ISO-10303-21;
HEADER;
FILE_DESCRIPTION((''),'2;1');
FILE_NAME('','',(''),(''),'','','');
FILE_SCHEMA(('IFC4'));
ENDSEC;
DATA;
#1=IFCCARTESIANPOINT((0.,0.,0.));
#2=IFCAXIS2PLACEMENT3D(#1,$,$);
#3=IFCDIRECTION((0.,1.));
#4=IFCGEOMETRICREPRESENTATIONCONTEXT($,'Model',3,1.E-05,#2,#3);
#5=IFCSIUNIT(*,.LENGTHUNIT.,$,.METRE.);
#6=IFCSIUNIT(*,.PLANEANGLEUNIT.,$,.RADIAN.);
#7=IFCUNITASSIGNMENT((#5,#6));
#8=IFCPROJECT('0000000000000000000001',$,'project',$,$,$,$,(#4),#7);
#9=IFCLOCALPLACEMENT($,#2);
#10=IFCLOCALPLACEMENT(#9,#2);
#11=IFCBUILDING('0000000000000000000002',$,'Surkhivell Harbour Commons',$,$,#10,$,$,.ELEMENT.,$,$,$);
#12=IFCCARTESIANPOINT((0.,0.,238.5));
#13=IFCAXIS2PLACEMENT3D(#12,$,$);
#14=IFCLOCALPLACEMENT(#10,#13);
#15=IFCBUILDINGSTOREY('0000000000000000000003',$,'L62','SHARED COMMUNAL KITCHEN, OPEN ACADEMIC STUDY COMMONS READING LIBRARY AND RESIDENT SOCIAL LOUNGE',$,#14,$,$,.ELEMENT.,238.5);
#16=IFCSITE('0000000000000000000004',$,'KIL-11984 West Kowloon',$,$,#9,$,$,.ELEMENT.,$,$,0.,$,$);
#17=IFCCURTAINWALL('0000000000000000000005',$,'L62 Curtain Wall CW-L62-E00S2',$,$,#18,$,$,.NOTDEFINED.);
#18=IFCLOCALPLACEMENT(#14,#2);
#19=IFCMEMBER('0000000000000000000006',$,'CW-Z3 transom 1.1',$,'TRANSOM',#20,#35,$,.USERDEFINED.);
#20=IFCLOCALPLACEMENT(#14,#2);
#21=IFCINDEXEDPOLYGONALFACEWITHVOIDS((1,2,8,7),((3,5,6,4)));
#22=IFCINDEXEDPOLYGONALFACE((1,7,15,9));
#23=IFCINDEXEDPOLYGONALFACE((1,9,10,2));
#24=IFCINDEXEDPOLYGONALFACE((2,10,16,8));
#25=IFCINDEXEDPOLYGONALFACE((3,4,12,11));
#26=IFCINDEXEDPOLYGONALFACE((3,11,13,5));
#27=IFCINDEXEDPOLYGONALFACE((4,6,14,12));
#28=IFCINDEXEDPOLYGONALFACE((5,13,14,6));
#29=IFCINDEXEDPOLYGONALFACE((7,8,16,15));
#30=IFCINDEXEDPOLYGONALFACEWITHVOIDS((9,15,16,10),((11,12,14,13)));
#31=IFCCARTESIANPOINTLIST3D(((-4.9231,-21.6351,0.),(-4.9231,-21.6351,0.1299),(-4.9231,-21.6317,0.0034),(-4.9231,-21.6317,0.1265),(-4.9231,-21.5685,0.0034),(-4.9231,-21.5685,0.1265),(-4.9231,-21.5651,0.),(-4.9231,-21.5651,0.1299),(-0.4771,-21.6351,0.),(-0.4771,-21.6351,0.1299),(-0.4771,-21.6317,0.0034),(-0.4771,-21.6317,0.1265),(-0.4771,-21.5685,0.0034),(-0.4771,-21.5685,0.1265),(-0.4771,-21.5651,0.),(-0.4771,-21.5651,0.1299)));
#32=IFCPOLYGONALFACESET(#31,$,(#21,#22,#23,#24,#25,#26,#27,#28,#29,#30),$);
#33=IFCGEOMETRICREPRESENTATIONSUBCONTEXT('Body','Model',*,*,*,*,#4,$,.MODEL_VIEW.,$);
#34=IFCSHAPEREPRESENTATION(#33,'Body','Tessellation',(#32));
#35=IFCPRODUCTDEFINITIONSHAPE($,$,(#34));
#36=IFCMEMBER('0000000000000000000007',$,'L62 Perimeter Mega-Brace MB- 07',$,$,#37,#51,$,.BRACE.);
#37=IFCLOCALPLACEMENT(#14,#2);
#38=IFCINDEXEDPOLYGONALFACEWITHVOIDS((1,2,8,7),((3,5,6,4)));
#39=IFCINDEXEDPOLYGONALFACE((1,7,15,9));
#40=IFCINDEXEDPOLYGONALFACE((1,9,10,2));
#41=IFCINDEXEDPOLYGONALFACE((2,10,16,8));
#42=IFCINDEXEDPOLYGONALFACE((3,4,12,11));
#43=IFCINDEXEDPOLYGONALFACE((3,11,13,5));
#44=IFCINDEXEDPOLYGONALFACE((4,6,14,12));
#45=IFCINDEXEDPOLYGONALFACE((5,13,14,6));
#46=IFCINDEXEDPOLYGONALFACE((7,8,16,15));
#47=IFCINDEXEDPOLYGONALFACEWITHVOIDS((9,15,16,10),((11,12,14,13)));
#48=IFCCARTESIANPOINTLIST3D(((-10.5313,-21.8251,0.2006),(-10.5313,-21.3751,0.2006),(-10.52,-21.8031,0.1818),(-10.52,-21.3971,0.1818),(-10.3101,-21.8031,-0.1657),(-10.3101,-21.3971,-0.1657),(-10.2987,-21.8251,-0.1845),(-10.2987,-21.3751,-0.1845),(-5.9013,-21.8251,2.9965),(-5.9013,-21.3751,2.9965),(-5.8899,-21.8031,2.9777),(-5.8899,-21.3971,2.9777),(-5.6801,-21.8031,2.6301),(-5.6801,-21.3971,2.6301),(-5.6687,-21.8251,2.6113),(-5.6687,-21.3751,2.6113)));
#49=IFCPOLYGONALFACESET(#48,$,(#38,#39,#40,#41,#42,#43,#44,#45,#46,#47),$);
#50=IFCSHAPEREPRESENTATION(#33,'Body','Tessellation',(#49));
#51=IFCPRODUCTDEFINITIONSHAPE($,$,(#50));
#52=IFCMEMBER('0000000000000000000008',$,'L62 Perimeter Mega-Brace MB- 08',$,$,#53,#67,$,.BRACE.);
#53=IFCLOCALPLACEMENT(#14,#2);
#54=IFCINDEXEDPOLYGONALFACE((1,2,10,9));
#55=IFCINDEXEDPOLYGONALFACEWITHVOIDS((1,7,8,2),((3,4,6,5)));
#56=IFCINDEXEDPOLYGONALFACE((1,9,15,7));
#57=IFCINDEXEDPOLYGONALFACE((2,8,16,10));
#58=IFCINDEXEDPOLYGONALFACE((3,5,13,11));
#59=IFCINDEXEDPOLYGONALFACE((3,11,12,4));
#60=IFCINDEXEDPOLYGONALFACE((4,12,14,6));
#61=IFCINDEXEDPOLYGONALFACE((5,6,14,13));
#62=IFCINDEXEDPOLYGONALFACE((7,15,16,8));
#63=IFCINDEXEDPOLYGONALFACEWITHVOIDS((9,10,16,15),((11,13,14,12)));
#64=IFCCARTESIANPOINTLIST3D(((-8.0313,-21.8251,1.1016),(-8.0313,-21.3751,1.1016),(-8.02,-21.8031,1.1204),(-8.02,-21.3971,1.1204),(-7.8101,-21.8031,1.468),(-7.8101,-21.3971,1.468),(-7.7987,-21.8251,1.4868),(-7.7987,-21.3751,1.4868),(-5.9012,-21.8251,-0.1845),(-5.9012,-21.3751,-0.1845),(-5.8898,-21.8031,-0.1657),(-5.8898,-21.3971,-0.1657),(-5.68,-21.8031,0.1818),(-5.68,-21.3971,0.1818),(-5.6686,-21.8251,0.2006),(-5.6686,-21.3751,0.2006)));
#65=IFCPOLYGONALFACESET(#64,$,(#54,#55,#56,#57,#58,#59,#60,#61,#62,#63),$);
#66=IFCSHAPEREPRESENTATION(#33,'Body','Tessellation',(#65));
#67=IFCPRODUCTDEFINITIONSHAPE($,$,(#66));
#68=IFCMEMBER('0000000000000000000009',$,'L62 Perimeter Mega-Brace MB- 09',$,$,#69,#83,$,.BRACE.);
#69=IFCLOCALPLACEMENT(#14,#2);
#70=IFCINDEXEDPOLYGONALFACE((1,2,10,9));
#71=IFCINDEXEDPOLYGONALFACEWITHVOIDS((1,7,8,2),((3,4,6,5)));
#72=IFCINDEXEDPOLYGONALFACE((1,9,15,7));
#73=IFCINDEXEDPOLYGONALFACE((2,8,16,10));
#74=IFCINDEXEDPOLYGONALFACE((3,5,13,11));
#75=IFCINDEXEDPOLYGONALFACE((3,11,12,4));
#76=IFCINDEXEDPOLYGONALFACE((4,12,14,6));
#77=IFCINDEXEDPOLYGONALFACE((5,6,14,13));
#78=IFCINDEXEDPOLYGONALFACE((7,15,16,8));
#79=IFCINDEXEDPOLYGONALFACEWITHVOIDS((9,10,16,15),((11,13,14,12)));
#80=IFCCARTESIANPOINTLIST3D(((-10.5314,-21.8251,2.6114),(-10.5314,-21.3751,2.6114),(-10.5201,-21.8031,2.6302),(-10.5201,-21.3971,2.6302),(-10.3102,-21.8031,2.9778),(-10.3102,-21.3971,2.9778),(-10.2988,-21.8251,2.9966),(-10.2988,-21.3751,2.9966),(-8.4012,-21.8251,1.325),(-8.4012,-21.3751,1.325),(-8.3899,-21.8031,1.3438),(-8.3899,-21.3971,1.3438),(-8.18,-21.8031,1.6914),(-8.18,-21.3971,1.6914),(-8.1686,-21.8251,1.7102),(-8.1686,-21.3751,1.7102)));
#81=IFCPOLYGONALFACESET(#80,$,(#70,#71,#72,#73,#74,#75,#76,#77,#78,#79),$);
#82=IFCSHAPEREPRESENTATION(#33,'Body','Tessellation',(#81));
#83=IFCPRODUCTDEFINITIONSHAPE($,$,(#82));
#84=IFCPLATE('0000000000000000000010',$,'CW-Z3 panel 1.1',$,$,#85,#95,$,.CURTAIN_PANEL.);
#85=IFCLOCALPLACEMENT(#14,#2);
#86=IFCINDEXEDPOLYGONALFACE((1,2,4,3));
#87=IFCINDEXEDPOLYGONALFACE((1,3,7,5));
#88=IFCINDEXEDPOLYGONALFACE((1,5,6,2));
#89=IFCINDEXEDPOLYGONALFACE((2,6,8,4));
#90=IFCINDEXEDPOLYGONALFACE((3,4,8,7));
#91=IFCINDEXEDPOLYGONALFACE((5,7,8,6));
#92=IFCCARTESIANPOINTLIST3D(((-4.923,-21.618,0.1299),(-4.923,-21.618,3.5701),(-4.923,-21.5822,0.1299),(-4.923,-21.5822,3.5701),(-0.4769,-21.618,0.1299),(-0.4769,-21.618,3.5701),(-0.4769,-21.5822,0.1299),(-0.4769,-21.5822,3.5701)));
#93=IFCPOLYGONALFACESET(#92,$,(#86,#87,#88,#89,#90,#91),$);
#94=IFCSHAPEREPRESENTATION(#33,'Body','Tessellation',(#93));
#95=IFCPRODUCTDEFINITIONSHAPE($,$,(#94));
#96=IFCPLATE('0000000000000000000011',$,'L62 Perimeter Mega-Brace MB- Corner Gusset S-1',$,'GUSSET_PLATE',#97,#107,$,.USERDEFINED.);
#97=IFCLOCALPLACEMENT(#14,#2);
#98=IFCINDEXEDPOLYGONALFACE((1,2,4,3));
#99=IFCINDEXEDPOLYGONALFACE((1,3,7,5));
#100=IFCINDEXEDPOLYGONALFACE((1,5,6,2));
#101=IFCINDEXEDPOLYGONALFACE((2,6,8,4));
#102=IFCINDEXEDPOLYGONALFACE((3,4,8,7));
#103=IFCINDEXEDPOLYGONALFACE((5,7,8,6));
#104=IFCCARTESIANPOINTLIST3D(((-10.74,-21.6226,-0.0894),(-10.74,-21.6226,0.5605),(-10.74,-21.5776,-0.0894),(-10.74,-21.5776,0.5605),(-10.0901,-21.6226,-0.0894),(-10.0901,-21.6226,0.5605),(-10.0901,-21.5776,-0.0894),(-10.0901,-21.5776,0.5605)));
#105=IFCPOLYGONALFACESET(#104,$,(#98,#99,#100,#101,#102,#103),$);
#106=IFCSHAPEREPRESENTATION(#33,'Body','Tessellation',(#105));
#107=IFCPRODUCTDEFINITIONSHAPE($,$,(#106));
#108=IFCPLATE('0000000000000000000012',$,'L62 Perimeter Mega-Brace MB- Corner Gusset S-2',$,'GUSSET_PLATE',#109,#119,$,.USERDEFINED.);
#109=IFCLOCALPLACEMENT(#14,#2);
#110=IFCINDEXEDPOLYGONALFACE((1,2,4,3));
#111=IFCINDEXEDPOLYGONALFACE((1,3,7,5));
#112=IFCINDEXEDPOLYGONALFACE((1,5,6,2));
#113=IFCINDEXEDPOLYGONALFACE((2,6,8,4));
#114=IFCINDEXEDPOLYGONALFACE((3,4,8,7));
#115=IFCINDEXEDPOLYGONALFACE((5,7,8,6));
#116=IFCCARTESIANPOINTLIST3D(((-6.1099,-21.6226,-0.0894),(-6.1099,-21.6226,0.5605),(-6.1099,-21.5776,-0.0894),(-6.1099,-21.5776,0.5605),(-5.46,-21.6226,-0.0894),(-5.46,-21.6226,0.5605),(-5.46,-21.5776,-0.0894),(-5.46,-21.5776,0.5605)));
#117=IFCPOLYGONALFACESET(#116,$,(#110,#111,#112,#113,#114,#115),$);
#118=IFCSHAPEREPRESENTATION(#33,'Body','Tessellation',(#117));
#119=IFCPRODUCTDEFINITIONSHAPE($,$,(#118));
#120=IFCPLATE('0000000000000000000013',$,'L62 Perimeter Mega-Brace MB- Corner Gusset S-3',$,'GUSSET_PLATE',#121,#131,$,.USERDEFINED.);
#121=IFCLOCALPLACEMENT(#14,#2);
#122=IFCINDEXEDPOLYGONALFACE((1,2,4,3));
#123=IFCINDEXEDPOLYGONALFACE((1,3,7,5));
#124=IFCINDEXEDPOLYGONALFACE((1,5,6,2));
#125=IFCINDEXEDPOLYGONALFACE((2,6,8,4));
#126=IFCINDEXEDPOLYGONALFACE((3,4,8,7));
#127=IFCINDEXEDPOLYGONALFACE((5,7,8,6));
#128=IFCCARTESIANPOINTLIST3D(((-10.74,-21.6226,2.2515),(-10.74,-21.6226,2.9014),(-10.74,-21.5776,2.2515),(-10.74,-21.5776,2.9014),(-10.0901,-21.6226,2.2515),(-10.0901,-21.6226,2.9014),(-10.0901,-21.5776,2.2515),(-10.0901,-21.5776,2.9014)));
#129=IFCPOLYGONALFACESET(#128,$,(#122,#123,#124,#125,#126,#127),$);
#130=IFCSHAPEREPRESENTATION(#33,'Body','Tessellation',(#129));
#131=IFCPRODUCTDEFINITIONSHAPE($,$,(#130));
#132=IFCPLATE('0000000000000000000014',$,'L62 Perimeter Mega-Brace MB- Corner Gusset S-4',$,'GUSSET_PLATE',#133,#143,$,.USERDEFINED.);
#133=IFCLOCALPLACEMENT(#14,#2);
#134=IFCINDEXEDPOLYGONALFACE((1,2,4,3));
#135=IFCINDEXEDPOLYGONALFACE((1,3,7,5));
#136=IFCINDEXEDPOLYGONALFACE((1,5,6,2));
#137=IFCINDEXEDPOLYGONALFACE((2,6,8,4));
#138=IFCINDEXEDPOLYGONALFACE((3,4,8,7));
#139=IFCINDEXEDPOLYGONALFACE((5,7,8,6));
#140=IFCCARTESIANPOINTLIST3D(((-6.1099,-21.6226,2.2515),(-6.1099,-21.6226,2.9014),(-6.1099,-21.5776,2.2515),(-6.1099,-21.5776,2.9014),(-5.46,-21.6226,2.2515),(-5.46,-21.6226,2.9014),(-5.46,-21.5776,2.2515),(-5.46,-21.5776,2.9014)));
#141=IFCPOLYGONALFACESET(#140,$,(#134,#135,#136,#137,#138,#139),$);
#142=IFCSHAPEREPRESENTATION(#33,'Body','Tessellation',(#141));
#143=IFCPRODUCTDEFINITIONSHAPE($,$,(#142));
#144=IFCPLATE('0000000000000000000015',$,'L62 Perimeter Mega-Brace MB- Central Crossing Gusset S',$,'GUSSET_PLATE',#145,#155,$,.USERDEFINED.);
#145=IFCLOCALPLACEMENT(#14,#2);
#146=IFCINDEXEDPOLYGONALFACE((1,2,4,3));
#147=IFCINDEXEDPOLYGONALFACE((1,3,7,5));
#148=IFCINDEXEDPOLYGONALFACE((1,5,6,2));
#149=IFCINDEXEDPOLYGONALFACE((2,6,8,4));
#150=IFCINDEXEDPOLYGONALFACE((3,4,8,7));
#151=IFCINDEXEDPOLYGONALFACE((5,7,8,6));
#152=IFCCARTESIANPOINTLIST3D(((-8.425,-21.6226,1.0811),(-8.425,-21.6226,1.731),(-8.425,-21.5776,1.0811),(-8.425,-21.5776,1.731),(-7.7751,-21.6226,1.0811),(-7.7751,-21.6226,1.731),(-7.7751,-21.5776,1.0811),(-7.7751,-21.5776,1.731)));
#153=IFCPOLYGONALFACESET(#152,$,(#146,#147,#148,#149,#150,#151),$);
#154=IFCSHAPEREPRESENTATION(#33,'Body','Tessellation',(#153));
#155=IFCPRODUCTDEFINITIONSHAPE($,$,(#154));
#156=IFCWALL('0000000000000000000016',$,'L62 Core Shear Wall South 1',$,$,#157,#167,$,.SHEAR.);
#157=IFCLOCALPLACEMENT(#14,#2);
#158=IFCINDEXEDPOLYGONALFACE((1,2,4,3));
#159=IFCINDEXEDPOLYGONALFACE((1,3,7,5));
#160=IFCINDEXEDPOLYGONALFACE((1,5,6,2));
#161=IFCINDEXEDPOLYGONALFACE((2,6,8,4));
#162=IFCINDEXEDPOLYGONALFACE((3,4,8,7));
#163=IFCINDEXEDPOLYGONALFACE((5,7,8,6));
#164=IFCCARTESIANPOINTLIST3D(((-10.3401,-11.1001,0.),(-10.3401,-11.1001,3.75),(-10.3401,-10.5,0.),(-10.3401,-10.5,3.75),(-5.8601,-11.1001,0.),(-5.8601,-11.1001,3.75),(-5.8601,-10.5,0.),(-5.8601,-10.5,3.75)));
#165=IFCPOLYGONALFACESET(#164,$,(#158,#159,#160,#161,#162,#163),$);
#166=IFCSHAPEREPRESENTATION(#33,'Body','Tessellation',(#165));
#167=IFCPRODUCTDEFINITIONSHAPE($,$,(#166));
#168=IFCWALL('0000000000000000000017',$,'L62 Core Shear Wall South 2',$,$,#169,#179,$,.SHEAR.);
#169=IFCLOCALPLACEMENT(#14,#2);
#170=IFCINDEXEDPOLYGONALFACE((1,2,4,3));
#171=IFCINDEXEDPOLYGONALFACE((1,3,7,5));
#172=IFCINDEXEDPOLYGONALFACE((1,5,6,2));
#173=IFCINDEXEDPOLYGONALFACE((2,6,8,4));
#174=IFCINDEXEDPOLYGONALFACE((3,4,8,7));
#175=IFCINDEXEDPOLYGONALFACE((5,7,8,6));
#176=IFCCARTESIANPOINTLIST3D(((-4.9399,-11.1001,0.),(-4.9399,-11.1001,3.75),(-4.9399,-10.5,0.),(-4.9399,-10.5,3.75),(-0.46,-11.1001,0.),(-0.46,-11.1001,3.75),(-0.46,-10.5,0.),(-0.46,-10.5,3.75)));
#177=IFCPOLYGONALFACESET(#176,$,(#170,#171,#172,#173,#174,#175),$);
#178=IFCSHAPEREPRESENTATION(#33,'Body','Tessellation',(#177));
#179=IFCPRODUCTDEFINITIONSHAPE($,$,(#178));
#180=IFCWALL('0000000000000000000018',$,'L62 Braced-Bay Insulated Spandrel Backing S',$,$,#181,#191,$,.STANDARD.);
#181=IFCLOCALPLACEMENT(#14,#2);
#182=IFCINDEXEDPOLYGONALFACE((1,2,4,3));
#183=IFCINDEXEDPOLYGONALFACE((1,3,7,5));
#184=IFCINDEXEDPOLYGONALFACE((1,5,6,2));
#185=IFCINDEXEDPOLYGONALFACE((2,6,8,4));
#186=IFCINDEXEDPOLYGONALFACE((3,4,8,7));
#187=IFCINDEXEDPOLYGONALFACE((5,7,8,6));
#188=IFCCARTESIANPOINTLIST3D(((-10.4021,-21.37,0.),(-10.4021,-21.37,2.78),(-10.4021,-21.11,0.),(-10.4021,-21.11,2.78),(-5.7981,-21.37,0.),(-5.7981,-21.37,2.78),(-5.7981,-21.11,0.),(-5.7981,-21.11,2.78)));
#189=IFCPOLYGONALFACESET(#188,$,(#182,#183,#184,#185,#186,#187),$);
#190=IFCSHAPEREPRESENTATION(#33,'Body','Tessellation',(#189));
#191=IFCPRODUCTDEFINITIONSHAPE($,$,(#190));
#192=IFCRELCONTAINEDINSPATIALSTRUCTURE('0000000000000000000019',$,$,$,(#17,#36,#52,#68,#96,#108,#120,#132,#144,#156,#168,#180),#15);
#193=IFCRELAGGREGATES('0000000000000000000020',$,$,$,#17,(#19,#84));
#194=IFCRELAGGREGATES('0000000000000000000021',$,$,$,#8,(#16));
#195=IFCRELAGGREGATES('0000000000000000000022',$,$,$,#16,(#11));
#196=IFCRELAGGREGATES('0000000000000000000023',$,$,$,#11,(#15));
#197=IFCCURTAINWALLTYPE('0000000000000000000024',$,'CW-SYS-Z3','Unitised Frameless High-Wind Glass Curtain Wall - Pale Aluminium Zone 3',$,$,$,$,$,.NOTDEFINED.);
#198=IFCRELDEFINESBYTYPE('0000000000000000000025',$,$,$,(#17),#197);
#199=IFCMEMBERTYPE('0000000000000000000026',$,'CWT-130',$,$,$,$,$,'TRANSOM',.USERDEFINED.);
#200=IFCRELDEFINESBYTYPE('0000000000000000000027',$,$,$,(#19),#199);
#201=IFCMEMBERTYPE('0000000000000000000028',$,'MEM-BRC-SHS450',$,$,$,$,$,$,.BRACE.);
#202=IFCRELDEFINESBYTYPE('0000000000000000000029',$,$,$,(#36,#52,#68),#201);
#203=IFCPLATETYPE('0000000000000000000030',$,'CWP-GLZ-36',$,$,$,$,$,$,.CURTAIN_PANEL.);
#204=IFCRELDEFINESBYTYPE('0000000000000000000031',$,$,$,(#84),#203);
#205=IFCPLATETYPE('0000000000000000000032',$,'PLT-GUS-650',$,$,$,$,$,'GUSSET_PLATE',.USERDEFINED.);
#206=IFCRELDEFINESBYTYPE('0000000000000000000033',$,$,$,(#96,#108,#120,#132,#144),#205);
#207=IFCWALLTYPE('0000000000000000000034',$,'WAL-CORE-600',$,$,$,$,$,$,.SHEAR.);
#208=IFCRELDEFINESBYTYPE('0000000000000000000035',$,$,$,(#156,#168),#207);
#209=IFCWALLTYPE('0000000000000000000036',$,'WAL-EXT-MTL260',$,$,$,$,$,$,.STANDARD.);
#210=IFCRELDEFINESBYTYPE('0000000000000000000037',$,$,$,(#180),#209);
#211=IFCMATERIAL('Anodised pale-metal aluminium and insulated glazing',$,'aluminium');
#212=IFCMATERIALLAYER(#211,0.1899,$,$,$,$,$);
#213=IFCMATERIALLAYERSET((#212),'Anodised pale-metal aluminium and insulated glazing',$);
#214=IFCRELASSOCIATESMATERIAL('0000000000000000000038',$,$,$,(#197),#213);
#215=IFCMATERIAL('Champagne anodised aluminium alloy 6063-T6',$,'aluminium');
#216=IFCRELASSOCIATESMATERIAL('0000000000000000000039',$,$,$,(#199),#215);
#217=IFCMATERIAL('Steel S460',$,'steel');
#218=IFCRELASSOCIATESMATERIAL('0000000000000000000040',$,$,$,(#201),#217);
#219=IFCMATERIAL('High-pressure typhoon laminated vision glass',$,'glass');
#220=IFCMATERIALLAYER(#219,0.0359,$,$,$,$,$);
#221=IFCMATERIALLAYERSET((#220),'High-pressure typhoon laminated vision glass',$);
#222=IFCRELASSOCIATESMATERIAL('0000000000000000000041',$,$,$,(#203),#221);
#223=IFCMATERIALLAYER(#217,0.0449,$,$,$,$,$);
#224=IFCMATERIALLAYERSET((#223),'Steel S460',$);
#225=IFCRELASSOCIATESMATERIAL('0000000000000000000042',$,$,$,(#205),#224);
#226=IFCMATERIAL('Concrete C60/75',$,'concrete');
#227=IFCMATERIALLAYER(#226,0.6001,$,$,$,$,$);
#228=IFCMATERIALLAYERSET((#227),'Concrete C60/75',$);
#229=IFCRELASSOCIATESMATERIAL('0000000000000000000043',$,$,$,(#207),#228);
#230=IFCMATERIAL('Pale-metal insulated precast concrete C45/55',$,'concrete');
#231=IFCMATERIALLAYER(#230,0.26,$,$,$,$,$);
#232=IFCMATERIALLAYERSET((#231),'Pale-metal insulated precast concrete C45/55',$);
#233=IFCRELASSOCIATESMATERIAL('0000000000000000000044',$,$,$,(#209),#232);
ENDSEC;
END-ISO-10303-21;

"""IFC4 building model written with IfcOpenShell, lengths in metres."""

from ifc_helpers import new_model, si_unit, direction, frame, frame_2d, origin, origin_2d, place, context, subcontext, project, spatial, rectangle, hollow_rectangle, extrude, material, layer, layer_set, material_profile, profile_set, type_object, element, aggregate, save


model = new_model("IFC4")

# Units and contexts
model_context = context("Model", 3, precision=1e-05, world=origin(), true_north=direction((0.0, 1.0)))
body_context = subcontext(model_context, "Body", "Model", "MODEL_VIEW")
ifc_project = project(units=[si_unit("LENGTHUNIT", "METRE"), si_unit("PLANEANGLEUNIT", "RADIAN")], contexts=[model_context])

# Site, building, storey
site_placement = place(None, origin())
site = spatial("IfcSite", under=ifc_project, at=site_placement, Name="KIL-11984 West Kowloon", CompositionType="ELEMENT", RefElevation=0.0)
building_placement = place(site_placement, origin())
building = spatial("IfcBuilding", under=site, at=building_placement, Name="Surkhivell Harbour Commons", CompositionType="ELEMENT")
storey_placement = place(building_placement, frame((0.0, 0.0, 238.5)))
storey = spatial("IfcBuildingStorey", under=building, at=storey_placement, Name="L62", Description="SHARED COMMUNAL KITCHEN, OPEN ACADEMIC STUDY COMMONS READING LIBRARY AND RESIDENT SOCIAL LOUNGE", CompositionType="ELEMENT", Elevation=238.5)

# Shared definitions
ifc_material_1 = material(Name="Concrete C60/75", Category="concrete")

# Shared definitions
ifc_material_2 = material(Name="Anodised pale-metal aluminium and insulated glazing", Category="aluminium")
ifc_layer_1 = layer(ifc_material_2, 0.1899)
ifc_layer_set_1 = layer_set([ifc_layer_1], Name="Anodised pale-metal aluminium and insulated glazing")
curtain_wall_type = type_object("IfcCurtainWallType", Name="CW-SYS-Z3", Description="Unitised Frameless High-Wind Glass Curtain Wall - Pale Aluminium Zone 3", PredefinedType="NOTDEFINED", material=ifc_layer_set_1)

# Curtain wall, member
curtain_wall_1_placement = place(storey_placement, origin())
curtain_wall_1 = element("IfcCurtainWall", 1, at=curtain_wall_1_placement, inside=storey, type_object=curtain_wall_type, Name="L62 Curtain Wall CW-L62-E00S2", PredefinedType="NOTDEFINED")
ifc_material_3 = material(Name="Champagne anodised aluminium alloy 6063-T6", Category="aluminium")
ifc_material_profile_1 = material_profile(ifc_material_3, hollow_rectangle(XDim=0.0701, YDim=0.1299, WallThickness=0.0034, at=origin_2d()), Name="ALU-TRAN-70x130")
ifc_profile_set_1 = profile_set([ifc_material_profile_1], Name="Champagne anodised aluminium alloy 6063-T6")
member_type_1 = type_object("IfcMemberType", Name="CWT-130", ElementType="TRANSOM", PredefinedType="USERDEFINED", material=ifc_profile_set_1)
member_1_placement = place(storey_placement, frame((-4.9231, -21.6001, 0.0649), z_axis=(1.0, 0.0, 0.0), x_axis=(0.0, 1.0, 0.0)))
member_1 = element("IfcMember", 2, at=member_1_placement, type_object=member_type_1, Name="CW-Z3 transom 1.1", ObjectType="TRANSOM", PredefinedType="USERDEFINED", context=body_context, shape_type="SweptSolid", body=[
    extrude(hollow_rectangle(XDim=0.0701, YDim=0.1299, WallThickness=0.0034, at=origin_2d()), origin(), (0.0, 0.0, 1.0), 4.446),
])

# Members
ifc_material_4 = material(Name="Steel S460", Category="steel")
ifc_material_profile_2 = material_profile(ifc_material_4, hollow_rectangle(XDim=0.45, YDim=0.45, WallThickness=0.022, at=origin_2d()), Name="SHS450x450x22")
ifc_profile_set_2 = profile_set([ifc_material_profile_2], Name="Steel S460")
member_type_2 = type_object("IfcMemberType", Name="MEM-BRC-SHS450", PredefinedType="BRACE", material=ifc_profile_set_2)
member_2_placement = place(storey_placement, frame((-10.415, -21.6001, 0.0081), z_axis=(0.856036, 0.0, 0.516917), x_axis=(0.0, 1.0, 0.0)))
element("IfcMember", 3, at=member_2_placement, inside=storey, type_object=member_type_2, Name="L62 Perimeter Mega-Brace MB- 07", PredefinedType="BRACE", context=body_context, shape_type="SweptSolid", body=[
    extrude(hollow_rectangle(XDim=0.45, YDim=0.45, WallThickness=0.022, at=origin_2d()), origin(), (0.0, 0.0, 1.0), 5.4087),
])
member_3_placement = place(storey_placement, frame((-5.7849, -21.6001, 0.0081), z_axis=(-0.856061, 0.0, 0.516875), x_axis=(0.0, -1.0, 0.0)))
element("IfcMember", 4, at=member_3_placement, inside=storey, type_object=member_type_2, Name="L62 Perimeter Mega-Brace MB- 08", PredefinedType="BRACE", context=body_context, shape_type="SweptSolid", body=[
    extrude(hollow_rectangle(XDim=0.45, YDim=0.45, WallThickness=0.022, at=origin_2d()), origin(), (0.0, 0.0, 1.0), 2.4883),
])
member_4_placement = place(storey_placement, frame((-8.2849, -21.6001, 1.5176), z_axis=(-0.856018, 0.0, 0.516946), x_axis=(0.0, -1.0, 0.0)))
element("IfcMember", 5, at=member_4_placement, inside=storey, type_object=member_type_2, Name="L62 Perimeter Mega-Brace MB- 09", PredefinedType="BRACE", context=body_context, shape_type="SweptSolid", body=[
    extrude(hollow_rectangle(XDim=0.45, YDim=0.45, WallThickness=0.022, at=origin_2d()), origin(), (0.0, 0.0, 1.0), 2.4885),
])

# Plate
ifc_material_5 = material(Name="High-pressure typhoon laminated vision glass", Category="glass")
ifc_layer_2 = layer(ifc_material_5, 0.0359)
ifc_layer_set_2 = layer_set([ifc_layer_2], Name="High-pressure typhoon laminated vision glass")
plate_type_1 = type_object("IfcPlateType", Name="CWP-GLZ-36", PredefinedType="CURTAIN_PANEL", material=ifc_layer_set_2)
plate_placement = place(storey_placement, frame((-4.9231, -21.6001, 0.1299), z_axis=(0.0, 0.0, 1.0), x_axis=(1.0, 0.0, 0.0)))
plate = element("IfcPlate", 6, at=plate_placement, type_object=plate_type_1, Name="CW-Z3 panel 1.1", PredefinedType="CURTAIN_PANEL", context=body_context, shape_type="SweptSolid", body=[
    extrude(rectangle(XDim=4.446, YDim=0.0359, at=frame_2d((2.2231, 0.0))), origin(), (0.0, 0.0, 1.0), 3.4402),
])
aggregate(curtain_wall_1, [member_1, plate])

# Plates
ifc_layer_3 = layer(ifc_material_4, 0.0449)
ifc_layer_set_3 = layer_set([ifc_layer_3], Name="Steel S460")
plate_type_2 = type_object("IfcPlateType", Name="PLT-GUS-650", ElementType="GUSSET_PLATE", PredefinedType="USERDEFINED", material=ifc_layer_set_3)
for number, where, z_axis, x_axis, name in (
    (7, (-10.415, -21.6001, -0.0894), (0.0, 0.0, 1.0), (1.0, 0.0, 0.0), "L62 Perimeter Mega-Brace MB- Corner Gusset S-1"),
    (8, (-5.7849, -21.6001, -0.0894), (0.0, 0.0, 1.0), (1.0, 0.0, 0.0), "L62 Perimeter Mega-Brace MB- Corner Gusset S-2"),
    (9, (-10.415, -21.6001, 2.2515), (0.0, 0.0, 1.0), (1.0, 0.0, 0.0), "L62 Perimeter Mega-Brace MB- Corner Gusset S-3"),
    (10, (-5.7849, -21.6001, 2.2515), (0.0, 0.0, 1.0), (1.0, 0.0, 0.0), "L62 Perimeter Mega-Brace MB- Corner Gusset S-4"),
    (11, (-8.1001, -21.6001, 1.0811), (0.0, 0.0, 1.0), (1.0, 0.0, 0.0), "L62 Perimeter Mega-Brace MB- Central Crossing Gusset S"),
):
    element("IfcPlate", number, at=place(storey_placement, frame(where, z_axis=z_axis, x_axis=x_axis)), inside=storey, type_object=plate_type_2, Name=name, ObjectType="GUSSET_PLATE", PredefinedType="USERDEFINED", context=body_context, shape_type="SweptSolid", body=[
        extrude(rectangle(XDim=0.6499, YDim=0.0449, at=origin_2d()), origin(), (0.0, 0.0, 1.0), 0.6499),
    ])

# Walls
ifc_layer_4 = layer(ifc_material_1, 0.6001)
ifc_layer_set_4 = layer_set([ifc_layer_4], Name="Concrete C60/75")
wall_type_1 = type_object("IfcWallType", Name="WAL-CORE-600", PredefinedType="SHEAR", material=ifc_layer_set_4)
for number, where, z_axis, x_axis, name in (
    (12, (-10.3401, -10.8, 0.0), (0.0, 0.0, 1.0), (1.0, 0.0, 0.0), "L62 Core Shear Wall South 1"),
    (13, (-4.9399, -10.8, 0.0), (0.0, 0.0, 1.0), (1.0, 0.0, 0.0), "L62 Core Shear Wall South 2"),
):
    element("IfcWall", number, at=place(storey_placement, frame(where, z_axis=z_axis, x_axis=x_axis)), inside=storey, type_object=wall_type_1, Name=name, PredefinedType="SHEAR", context=body_context, shape_type="SweptSolid", body=[
        extrude(rectangle(XDim=4.48, YDim=0.6001, at=frame_2d((2.24, 0.0))), origin(), (0.0, 0.0, 1.0), 3.75),
    ])
ifc_material_6 = material(Name="Pale-metal insulated precast concrete C45/55", Category="concrete")
ifc_layer_5 = layer(ifc_material_6, 0.26)
ifc_layer_set_5 = layer_set([ifc_layer_5], Name="Pale-metal insulated precast concrete C45/55")
wall_type_2 = type_object("IfcWallType", Name="WAL-EXT-MTL260", PredefinedType="STANDARD", material=ifc_layer_set_5)
wall_1_placement = place(storey_placement, frame((-10.4021, -21.24, 0.0), z_axis=(0.0, 0.0, 1.0), x_axis=(1.0, 0.0, 0.0)))
element("IfcWall", 14, at=wall_1_placement, inside=storey, type_object=wall_type_2, Name="L62 Braced-Bay Insulated Spandrel Backing S", PredefinedType="STANDARD", context=body_context, shape_type="SweptSolid", body=[
    extrude(rectangle(XDim=4.604, YDim=0.26, at=frame_2d((2.302, 0.0))), origin(), (0.0, 0.0, 1.0), 2.78),
])

save(model, "model.ifc")
